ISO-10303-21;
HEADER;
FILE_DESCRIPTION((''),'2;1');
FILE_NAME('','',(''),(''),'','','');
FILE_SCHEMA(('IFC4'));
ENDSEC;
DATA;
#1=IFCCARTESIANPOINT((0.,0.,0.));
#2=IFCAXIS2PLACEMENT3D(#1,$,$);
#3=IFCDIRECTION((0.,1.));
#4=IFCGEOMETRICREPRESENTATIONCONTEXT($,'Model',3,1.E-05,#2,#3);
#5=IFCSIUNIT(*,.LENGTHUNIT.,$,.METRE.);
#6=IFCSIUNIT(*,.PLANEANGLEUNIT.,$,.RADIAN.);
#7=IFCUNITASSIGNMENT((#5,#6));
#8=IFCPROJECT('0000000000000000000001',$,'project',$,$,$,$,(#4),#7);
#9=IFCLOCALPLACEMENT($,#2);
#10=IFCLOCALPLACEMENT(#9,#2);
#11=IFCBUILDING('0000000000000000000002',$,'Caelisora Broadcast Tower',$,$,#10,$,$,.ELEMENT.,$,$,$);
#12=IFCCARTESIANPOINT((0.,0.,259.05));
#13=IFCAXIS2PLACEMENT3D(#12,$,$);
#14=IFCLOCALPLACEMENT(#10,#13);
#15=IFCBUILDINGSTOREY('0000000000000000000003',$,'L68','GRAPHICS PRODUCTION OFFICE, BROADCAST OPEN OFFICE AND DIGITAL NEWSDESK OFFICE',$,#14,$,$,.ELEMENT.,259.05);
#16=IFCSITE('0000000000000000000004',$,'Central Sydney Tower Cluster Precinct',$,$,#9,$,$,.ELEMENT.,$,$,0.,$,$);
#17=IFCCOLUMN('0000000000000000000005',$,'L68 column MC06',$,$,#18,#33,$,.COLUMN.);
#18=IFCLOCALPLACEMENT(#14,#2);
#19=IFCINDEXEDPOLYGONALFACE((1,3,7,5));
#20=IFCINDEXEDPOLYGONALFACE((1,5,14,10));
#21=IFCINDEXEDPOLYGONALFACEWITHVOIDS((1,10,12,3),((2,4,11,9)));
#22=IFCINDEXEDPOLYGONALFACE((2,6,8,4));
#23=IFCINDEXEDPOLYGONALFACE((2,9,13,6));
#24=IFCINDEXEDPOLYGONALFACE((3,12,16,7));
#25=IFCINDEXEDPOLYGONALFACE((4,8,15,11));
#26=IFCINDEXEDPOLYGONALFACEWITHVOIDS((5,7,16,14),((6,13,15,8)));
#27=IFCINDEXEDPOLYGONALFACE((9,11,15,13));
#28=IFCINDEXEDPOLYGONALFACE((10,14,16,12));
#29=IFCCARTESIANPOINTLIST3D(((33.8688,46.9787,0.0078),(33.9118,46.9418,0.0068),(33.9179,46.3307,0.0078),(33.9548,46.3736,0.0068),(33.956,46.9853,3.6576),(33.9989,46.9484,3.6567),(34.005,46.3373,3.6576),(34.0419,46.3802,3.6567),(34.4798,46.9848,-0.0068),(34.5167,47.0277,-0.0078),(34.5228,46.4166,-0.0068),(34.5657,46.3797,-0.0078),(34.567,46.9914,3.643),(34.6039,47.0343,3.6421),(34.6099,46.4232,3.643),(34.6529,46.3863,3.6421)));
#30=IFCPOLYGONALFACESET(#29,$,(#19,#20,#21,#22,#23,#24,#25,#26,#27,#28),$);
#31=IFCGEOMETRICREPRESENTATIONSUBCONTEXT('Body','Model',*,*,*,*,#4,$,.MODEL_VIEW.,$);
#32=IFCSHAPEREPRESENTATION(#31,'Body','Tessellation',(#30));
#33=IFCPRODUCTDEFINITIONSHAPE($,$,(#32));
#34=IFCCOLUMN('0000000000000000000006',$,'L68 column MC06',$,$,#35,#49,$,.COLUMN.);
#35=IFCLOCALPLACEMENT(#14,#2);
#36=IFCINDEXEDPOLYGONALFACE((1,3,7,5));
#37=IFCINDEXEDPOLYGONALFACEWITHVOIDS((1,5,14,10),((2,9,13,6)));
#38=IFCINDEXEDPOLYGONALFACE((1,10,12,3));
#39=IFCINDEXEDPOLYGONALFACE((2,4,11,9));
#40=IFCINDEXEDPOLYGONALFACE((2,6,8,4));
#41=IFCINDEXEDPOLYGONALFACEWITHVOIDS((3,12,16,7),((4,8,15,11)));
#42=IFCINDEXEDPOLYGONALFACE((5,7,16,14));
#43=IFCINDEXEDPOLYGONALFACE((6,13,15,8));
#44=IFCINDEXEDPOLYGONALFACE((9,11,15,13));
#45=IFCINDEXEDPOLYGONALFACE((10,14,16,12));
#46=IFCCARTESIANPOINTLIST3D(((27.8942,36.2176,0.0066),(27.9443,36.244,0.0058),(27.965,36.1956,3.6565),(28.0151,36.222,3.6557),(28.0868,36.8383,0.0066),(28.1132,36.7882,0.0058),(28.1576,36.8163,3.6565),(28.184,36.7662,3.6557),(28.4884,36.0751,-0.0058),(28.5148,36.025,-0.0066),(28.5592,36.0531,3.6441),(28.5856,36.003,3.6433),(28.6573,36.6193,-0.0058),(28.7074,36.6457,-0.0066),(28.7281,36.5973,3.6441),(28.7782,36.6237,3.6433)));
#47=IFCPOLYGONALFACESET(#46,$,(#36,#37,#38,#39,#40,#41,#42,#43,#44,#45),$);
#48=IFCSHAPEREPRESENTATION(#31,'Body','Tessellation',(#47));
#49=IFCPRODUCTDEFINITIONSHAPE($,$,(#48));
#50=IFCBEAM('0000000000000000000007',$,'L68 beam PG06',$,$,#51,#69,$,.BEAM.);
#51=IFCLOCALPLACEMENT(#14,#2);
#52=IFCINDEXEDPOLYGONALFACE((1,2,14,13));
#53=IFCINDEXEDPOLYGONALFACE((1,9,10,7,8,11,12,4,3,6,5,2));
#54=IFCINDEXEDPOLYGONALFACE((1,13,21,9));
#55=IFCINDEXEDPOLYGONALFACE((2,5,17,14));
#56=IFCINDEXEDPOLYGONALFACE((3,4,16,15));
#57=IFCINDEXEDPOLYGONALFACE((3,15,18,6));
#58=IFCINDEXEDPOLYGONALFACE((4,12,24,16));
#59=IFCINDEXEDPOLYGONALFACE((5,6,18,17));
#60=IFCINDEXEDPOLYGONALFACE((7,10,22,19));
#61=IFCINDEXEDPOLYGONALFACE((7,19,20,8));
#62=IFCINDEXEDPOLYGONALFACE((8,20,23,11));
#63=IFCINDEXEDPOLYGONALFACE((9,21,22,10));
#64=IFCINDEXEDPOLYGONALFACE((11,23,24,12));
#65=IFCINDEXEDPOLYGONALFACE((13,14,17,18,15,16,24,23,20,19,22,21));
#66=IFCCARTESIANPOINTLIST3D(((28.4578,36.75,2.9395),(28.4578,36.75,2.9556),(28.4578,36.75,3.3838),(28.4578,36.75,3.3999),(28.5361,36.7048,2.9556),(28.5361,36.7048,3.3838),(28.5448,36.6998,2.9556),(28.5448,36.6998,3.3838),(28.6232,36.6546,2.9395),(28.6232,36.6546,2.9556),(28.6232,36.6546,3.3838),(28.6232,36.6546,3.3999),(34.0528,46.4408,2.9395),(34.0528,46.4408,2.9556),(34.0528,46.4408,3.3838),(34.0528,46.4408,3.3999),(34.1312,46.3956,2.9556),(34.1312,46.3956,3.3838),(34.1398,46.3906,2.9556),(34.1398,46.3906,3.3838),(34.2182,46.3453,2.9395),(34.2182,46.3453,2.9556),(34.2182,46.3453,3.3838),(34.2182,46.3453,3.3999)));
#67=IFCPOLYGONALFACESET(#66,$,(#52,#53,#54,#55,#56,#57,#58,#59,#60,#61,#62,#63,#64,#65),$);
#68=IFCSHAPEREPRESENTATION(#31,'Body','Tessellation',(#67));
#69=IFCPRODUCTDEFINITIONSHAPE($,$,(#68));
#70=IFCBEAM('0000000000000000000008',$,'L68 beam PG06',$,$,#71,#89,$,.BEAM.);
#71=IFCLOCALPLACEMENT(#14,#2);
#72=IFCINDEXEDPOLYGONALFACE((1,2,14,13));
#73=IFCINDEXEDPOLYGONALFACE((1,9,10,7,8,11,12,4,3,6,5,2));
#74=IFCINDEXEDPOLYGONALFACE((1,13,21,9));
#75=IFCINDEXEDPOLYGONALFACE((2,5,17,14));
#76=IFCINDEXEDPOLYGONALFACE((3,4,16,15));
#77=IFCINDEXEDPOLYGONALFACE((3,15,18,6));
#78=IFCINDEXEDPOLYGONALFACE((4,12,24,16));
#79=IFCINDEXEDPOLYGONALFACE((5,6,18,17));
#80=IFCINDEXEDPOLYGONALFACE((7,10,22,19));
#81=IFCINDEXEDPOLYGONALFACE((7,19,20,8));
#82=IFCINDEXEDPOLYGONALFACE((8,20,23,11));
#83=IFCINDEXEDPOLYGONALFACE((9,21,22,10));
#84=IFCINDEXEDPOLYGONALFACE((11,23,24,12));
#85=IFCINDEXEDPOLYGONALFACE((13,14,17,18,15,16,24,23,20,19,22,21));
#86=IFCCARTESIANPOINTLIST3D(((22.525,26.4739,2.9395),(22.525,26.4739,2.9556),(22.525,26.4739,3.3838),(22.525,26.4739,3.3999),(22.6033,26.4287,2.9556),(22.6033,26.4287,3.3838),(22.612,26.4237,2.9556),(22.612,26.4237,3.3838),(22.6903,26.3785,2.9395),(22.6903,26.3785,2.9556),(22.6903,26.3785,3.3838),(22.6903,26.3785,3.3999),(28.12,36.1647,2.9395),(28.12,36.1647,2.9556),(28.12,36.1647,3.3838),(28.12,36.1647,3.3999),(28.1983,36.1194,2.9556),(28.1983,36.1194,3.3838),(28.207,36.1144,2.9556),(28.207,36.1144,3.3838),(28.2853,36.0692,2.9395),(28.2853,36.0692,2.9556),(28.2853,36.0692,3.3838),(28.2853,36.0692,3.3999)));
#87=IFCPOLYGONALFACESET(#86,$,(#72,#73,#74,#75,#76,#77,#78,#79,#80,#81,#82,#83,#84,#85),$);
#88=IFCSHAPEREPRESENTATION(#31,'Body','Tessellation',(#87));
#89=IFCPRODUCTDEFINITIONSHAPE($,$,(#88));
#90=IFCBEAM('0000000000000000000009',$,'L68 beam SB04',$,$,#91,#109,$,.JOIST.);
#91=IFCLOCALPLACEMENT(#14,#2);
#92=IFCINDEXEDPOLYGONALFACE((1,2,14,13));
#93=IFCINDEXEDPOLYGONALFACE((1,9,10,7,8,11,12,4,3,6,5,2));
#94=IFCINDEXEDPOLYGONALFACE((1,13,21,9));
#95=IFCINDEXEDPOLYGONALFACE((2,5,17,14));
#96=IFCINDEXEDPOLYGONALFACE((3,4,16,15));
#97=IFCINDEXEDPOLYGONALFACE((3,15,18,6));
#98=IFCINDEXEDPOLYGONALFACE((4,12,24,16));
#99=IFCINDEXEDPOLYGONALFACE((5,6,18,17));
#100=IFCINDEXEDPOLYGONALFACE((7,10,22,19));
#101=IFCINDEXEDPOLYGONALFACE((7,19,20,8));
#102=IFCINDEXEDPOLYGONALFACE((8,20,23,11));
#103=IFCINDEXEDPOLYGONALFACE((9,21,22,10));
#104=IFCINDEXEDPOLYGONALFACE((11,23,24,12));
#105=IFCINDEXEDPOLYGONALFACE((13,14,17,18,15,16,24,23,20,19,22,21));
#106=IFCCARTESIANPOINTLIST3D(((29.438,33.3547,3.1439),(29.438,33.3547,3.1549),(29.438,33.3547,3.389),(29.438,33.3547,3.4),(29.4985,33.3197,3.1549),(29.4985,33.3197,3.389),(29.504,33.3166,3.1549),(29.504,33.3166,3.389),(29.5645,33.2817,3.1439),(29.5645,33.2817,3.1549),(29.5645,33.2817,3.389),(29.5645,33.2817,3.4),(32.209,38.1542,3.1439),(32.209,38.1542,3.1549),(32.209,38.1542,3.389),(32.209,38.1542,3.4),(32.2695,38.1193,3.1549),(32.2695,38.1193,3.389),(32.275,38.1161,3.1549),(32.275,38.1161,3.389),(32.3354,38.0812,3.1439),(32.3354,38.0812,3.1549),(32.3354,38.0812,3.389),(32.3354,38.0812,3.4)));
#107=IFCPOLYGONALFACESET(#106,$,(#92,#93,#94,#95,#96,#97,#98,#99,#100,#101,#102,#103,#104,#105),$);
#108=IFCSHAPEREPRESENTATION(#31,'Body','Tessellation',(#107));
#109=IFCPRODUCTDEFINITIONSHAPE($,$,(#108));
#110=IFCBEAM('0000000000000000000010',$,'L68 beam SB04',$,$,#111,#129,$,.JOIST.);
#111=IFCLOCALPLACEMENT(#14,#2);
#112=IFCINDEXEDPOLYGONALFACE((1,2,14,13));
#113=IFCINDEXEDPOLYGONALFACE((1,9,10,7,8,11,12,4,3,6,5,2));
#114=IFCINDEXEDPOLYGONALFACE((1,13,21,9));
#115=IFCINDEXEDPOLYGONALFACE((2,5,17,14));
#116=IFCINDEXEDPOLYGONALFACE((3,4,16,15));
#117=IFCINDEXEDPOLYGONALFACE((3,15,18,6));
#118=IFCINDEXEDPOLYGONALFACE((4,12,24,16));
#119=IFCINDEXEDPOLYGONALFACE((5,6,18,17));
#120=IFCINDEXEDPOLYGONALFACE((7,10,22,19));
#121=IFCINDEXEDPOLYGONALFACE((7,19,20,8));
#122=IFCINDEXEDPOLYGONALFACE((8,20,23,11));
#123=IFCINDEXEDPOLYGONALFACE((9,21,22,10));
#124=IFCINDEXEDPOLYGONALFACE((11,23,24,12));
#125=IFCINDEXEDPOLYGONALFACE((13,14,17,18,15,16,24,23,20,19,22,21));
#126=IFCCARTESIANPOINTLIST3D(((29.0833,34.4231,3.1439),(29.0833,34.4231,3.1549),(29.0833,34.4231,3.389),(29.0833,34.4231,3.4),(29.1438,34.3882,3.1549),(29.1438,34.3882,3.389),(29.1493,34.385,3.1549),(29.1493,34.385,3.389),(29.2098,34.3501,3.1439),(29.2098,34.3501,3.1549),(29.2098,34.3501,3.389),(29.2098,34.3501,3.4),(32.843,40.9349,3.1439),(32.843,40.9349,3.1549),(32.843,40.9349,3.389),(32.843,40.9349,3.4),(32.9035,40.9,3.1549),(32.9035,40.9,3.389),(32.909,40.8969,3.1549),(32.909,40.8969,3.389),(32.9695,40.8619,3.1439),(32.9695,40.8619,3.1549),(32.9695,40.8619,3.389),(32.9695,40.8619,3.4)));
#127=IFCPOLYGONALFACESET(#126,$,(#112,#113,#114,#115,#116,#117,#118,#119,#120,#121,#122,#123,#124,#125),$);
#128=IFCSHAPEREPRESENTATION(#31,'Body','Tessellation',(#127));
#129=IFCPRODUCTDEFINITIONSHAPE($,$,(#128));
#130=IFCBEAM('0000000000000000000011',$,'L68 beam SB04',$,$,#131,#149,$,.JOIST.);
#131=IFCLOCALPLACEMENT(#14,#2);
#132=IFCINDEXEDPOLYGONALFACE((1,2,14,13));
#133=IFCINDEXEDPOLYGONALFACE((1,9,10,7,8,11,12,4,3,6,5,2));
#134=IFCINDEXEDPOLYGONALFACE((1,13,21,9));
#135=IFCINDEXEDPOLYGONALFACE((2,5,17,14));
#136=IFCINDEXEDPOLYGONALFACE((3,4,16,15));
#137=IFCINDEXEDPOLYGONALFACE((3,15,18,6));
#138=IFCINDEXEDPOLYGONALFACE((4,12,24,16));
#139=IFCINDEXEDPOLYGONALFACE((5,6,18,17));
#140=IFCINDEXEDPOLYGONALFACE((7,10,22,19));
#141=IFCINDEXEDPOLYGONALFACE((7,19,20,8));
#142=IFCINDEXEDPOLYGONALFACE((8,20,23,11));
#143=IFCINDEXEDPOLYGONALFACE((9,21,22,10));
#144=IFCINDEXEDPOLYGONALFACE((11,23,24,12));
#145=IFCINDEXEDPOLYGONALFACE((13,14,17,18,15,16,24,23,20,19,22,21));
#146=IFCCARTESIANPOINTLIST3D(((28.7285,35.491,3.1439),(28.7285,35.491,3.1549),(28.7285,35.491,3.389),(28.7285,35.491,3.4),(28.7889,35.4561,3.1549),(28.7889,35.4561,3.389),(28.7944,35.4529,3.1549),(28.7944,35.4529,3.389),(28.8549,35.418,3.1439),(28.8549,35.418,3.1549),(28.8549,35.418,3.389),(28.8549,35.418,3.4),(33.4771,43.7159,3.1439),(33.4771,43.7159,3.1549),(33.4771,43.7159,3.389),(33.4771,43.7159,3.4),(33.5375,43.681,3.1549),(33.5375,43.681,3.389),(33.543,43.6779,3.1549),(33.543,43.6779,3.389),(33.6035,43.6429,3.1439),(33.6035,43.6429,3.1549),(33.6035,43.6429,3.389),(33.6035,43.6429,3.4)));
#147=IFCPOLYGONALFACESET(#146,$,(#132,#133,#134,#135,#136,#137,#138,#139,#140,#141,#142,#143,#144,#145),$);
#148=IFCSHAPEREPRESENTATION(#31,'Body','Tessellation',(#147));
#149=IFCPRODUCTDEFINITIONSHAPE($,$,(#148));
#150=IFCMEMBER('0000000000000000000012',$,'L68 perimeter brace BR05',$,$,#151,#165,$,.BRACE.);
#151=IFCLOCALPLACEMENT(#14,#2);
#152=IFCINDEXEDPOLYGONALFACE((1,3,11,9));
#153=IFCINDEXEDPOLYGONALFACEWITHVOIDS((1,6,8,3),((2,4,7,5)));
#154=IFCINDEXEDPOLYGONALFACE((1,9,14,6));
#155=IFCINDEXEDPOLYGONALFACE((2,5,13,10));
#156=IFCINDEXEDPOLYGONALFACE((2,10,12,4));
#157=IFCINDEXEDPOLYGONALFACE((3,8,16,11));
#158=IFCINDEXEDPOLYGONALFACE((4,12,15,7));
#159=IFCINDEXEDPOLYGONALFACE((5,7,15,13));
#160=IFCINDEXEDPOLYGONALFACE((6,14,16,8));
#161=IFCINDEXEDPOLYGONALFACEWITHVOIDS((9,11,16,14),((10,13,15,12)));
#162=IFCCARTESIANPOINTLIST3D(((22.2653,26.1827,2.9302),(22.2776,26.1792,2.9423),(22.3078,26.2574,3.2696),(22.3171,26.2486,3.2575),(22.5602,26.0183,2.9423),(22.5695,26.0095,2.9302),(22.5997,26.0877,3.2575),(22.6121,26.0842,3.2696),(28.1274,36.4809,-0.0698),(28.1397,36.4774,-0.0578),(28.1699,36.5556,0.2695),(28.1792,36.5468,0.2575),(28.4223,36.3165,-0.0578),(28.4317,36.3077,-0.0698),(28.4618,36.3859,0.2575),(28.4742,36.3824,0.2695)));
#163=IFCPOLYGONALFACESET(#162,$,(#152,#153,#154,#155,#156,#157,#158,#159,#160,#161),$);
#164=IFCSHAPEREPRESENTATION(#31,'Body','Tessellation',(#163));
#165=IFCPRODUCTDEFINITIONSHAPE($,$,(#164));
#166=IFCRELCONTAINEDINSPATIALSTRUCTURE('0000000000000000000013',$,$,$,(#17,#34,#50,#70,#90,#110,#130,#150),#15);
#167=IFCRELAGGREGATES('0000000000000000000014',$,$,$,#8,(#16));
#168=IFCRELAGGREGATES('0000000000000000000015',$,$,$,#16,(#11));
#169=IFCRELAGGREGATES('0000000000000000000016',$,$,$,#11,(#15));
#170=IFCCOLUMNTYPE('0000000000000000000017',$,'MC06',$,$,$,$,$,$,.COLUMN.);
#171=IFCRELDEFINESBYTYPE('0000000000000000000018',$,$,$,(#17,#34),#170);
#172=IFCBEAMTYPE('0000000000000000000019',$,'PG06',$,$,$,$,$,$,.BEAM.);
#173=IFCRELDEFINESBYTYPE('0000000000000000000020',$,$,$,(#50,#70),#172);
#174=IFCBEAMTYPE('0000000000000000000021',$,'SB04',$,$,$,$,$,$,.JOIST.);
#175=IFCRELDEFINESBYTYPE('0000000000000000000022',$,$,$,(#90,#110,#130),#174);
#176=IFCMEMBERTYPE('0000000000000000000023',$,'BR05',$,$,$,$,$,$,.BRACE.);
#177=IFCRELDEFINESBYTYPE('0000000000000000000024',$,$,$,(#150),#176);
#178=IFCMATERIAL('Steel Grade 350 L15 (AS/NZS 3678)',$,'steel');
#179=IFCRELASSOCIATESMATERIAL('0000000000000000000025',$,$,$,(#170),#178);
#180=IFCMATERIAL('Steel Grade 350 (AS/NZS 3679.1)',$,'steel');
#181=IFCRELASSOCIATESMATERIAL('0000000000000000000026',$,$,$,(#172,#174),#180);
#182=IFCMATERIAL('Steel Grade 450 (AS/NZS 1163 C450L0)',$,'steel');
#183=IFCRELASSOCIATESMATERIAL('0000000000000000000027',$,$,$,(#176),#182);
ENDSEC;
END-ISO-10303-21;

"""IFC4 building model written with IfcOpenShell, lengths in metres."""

from ifc_helpers import new_model, si_unit, direction, frame, origin, origin_2d, place, context, subcontext, project, spatial, hollow_rectangle, i_section, extrude, source, transform, mapped, material, material_profile, profile_set, type_object, type_shapes, element, save


model = new_model("IFC4")

# Units and contexts
model_context = context("Model", 3, precision=1e-05, world=origin(), true_north=direction((0.0, 1.0)))
body_context = subcontext(model_context, "Body", "Model", "MODEL_VIEW")
ifc_project = project(units=[si_unit("LENGTHUNIT", "METRE"), si_unit("PLANEANGLEUNIT", "RADIAN")], contexts=[model_context])

# Site, building, storey
site_placement = place(None, origin())
site = spatial("IfcSite", under=ifc_project, at=site_placement, Name="Central Sydney Tower Cluster Precinct", CompositionType="ELEMENT", RefElevation=0.0)
building_placement = place(site_placement, origin())
building = spatial("IfcBuilding", under=site, at=building_placement, Name="Caelisora Broadcast Tower", CompositionType="ELEMENT")
storey_placement = place(building_placement, frame((0.0, 0.0, 259.05)))
storey = spatial("IfcBuildingStorey", under=building, at=storey_placement, Name="L68", Description="GRAPHICS PRODUCTION OFFICE, BROADCAST OPEN OFFICE AND DIGITAL NEWSDESK OFFICE", CompositionType="ELEMENT", Elevation=259.05)

# Columns
ifc_material_1 = material(Name="Steel Grade 350 L15 (AS/NZS 3678)", Category="steel")
ifc_material_profile_1 = material_profile(ifc_material_1, hollow_rectangle(XDim=0.6499, YDim=0.6499, WallThickness=0.04, at=origin_2d()), Name="Steel Grade 350 L15 (AS/NZS 3678)")
ifc_profile_set_1 = profile_set([ifc_material_profile_1], Name="Steel Grade 350 L15 (AS/NZS 3678)")
column_type = type_object("IfcColumnType", Name="MC06", PredefinedType="COLUMN", material=ifc_profile_set_1)
shared_shape_1 = source(origin(), body_context, "Body", "SweptSolid", [
    extrude(hollow_rectangle(XDim=0.6499, YDim=0.6499, WallThickness=0.04, at=origin_2d()), origin(), (0.0, 0.0, 1.0), 3.6509),
])
column_1_placement = place(storey_placement, frame((34.2173, 46.6792, 0.0), z_axis=(0.023873, 0.001806, 0.999713), x_axis=(-0.075415, 0.997152, 0.0)))
element("IfcColumn", 1, at=column_1_placement, inside=storey, type_object=column_type, Name="L68 column MC06", PredefinedType="COLUMN", context=body_context, shape_type="MappedRepresentation", body=[
    mapped(shared_shape_1, transform((0.0, 0.0, 0.0), scale=1.0)),
])
shared_shape_2 = source(origin(), body_context, "Body", "SweptSolid", [
    extrude(hollow_rectangle(XDim=0.6499, YDim=0.6499, WallThickness=0.04, at=origin_2d()), origin(), (0.0, 0.0, 1.0), 3.6506),
])
type_shapes(column_type, [shared_shape_1, shared_shape_2])
column_2_placement = place(storey_placement, frame((28.3008, 36.4316, 0.0), z_axis=(0.019394, -0.006019, 0.999794), x_axis=(0.296399, 0.955064, 0.0)))
element("IfcColumn", 2, at=column_2_placement, inside=storey, type_object=column_type, Name="L68 column MC06", PredefinedType="COLUMN", context=body_context, shape_type="MappedRepresentation", body=[
    mapped(shared_shape_2, transform((0.0, 0.0, 0.0), scale=1.0)),
])

# Beams
ifc_material_2 = material(Name="Steel Grade 350 (AS/NZS 3679.1)", Category="steel")
ifc_material_profile_2 = material_profile(ifc_material_2, i_section(OverallWidth=0.1909, OverallDepth=0.4604, WebThickness=0.01, FlangeThickness=0.0161, at=origin_2d()), Name="Steel Grade 350 (AS/NZS 3679.1)")
ifc_profile_set_2 = profile_set([ifc_material_profile_2], Name="Steel Grade 350 (AS/NZS 3679.1)")
beam_type_1 = type_object("IfcBeamType", Name="PG06", PredefinedType="BEAM", material=ifc_profile_set_2)
shared_shape_3 = source(origin(), body_context, "Body", "SweptSolid", [
    extrude(i_section(OverallWidth=0.1909, OverallDepth=0.4604, WebThickness=0.01, FlangeThickness=0.0161, at=origin_2d()), origin(), (0.0, 0.0, 1.0), 11.1899),
])
type_shapes(beam_type_1, [shared_shape_3])
for number, where, z_axis, x_axis, name in (
    (3, (34.1355, 46.3931, 3.1697), (-0.500004, -0.866023, 0.0), (0.866023, -0.500004, 0.0), "L68 beam PG06"),
    (4, (28.2026, 36.1169, 3.1697), (-0.500004, -0.866023, 0.0), (0.866023, -0.500004, 0.0), "L68 beam PG06"),
):
    element("IfcBeam", number, at=place(storey_placement, frame(where, z_axis=z_axis, x_axis=x_axis)), inside=storey, type_object=beam_type_1, Name=name, PredefinedType="BEAM", context=body_context, shape_type="MappedRepresentation", body=[
        mapped(shared_shape_3, transform((0.0, 0.0, 0.0), scale=1.0)),
    ])
ifc_material_profile_3 = material_profile(ifc_material_2, i_section(OverallWidth=0.146, OverallDepth=0.2561, WebThickness=0.0063, FlangeThickness=0.011, at=origin_2d()), Name="Steel Grade 350 (AS/NZS 3679.1)")
ifc_profile_set_3 = profile_set([ifc_material_profile_3], Name="Steel Grade 350 (AS/NZS 3679.1)")
beam_type_2 = type_object("IfcBeamType", Name="SB04", PredefinedType="JOIST", material=ifc_profile_set_3)
shared_shape_4 = source(origin(), body_context, "Body", "SweptSolid", [
    extrude(i_section(OverallWidth=0.146, OverallDepth=0.2561, WebThickness=0.0063, FlangeThickness=0.011, at=origin_2d()), origin(), (0.0, 0.0, 1.0), 5.542),
])
beam_1_placement = place(storey_placement, frame((32.2722, 38.1177, 3.272), z_axis=(-0.499996, -0.866028, 0.0), x_axis=(0.866028, -0.499996, 0.0)))
element("IfcBeam", 5, at=beam_1_placement, inside=storey, type_object=beam_type_2, Name="L68 beam SB04", PredefinedType="JOIST", context=body_context, shape_type="MappedRepresentation", body=[
    mapped(shared_shape_4, transform((0.0, 0.0, 0.0), scale=1.0)),
])
shared_shape_5 = source(origin(), body_context, "Body", "SweptSolid", [
    extrude(i_section(OverallWidth=0.146, OverallDepth=0.2561, WebThickness=0.0063, FlangeThickness=0.011, at=origin_2d()), origin(), (0.0, 0.0, 1.0), 7.5193),
])
beam_2_placement = place(storey_placement, frame((32.9062, 40.8984, 3.272), z_axis=(-0.500008, -0.866021, 0.0), x_axis=(0.866021, -0.500008, 0.0)))
element("IfcBeam", 6, at=beam_2_placement, inside=storey, type_object=beam_type_2, Name="L68 beam SB04", PredefinedType="JOIST", context=body_context, shape_type="MappedRepresentation", body=[
    mapped(shared_shape_5, transform((0.0, 0.0, 0.0), scale=1.0)),
])
shared_shape_6 = source(origin(), body_context, "Body", "SweptSolid", [
    extrude(i_section(OverallWidth=0.146, OverallDepth=0.2561, WebThickness=0.0063, FlangeThickness=0.011, at=origin_2d()), origin(), (0.0, 0.0, 1.0), 9.4973),
])
type_shapes(beam_type_2, [shared_shape_4, shared_shape_5, shared_shape_6])
beam_3_placement = place(storey_placement, frame((33.5403, 43.6794, 3.272), z_axis=(-0.499993, -0.866029, 0.0), x_axis=(0.866029, -0.499993, 0.0)))
element("IfcBeam", 7, at=beam_3_placement, inside=storey, type_object=beam_type_2, Name="L68 beam SB04", PredefinedType="JOIST", context=body_context, shape_type="MappedRepresentation", body=[
    mapped(shared_shape_6, transform((0.0, 0.0, 0.0), scale=1.0)),
])

# Member
ifc_material_3 = material(Name="Steel Grade 450 (AS/NZS 1163 C450L0)", Category="steel")
ifc_material_profile_4 = material_profile(ifc_material_3, hollow_rectangle(XDim=0.3501, YDim=0.3501, WallThickness=0.0125, at=origin_2d()), Name="Steel Grade 450 (AS/NZS 1163 C450L0)")
ifc_profile_set_4 = profile_set([ifc_material_profile_4], Name="Steel Grade 450 (AS/NZS 1163 C450L0)")
member_type_1 = type_object("IfcMemberType", Name="BR05", PredefinedType="BRACE", material=ifc_profile_set_4)
shared_shape_7 = source(origin(), body_context, "Body", "SweptSolid", [
    extrude(hollow_rectangle(XDim=0.3501, YDim=0.3501, WallThickness=0.0125, at=origin_2d()), origin(), (0.0, 0.0, 1.0), 12.2236),
])
type_shapes(member_type_1, [shared_shape_7])
member_1_placement = place(storey_placement, frame((28.3008, 36.4316, 0.0999), z_axis=(-0.479572, -0.842482, 0.245428), x_axis=(0.869062, -0.494703, 0.0)))
element("IfcMember", 8, at=member_1_placement, inside=storey, type_object=member_type_1, Name="L68 perimeter brace BR05", PredefinedType="BRACE", context=body_context, shape_type="MappedRepresentation", body=[
    mapped(shared_shape_7, transform((0.0, 0.0, 0.0), scale=1.0)),
])

save(model, "model.ifc")
